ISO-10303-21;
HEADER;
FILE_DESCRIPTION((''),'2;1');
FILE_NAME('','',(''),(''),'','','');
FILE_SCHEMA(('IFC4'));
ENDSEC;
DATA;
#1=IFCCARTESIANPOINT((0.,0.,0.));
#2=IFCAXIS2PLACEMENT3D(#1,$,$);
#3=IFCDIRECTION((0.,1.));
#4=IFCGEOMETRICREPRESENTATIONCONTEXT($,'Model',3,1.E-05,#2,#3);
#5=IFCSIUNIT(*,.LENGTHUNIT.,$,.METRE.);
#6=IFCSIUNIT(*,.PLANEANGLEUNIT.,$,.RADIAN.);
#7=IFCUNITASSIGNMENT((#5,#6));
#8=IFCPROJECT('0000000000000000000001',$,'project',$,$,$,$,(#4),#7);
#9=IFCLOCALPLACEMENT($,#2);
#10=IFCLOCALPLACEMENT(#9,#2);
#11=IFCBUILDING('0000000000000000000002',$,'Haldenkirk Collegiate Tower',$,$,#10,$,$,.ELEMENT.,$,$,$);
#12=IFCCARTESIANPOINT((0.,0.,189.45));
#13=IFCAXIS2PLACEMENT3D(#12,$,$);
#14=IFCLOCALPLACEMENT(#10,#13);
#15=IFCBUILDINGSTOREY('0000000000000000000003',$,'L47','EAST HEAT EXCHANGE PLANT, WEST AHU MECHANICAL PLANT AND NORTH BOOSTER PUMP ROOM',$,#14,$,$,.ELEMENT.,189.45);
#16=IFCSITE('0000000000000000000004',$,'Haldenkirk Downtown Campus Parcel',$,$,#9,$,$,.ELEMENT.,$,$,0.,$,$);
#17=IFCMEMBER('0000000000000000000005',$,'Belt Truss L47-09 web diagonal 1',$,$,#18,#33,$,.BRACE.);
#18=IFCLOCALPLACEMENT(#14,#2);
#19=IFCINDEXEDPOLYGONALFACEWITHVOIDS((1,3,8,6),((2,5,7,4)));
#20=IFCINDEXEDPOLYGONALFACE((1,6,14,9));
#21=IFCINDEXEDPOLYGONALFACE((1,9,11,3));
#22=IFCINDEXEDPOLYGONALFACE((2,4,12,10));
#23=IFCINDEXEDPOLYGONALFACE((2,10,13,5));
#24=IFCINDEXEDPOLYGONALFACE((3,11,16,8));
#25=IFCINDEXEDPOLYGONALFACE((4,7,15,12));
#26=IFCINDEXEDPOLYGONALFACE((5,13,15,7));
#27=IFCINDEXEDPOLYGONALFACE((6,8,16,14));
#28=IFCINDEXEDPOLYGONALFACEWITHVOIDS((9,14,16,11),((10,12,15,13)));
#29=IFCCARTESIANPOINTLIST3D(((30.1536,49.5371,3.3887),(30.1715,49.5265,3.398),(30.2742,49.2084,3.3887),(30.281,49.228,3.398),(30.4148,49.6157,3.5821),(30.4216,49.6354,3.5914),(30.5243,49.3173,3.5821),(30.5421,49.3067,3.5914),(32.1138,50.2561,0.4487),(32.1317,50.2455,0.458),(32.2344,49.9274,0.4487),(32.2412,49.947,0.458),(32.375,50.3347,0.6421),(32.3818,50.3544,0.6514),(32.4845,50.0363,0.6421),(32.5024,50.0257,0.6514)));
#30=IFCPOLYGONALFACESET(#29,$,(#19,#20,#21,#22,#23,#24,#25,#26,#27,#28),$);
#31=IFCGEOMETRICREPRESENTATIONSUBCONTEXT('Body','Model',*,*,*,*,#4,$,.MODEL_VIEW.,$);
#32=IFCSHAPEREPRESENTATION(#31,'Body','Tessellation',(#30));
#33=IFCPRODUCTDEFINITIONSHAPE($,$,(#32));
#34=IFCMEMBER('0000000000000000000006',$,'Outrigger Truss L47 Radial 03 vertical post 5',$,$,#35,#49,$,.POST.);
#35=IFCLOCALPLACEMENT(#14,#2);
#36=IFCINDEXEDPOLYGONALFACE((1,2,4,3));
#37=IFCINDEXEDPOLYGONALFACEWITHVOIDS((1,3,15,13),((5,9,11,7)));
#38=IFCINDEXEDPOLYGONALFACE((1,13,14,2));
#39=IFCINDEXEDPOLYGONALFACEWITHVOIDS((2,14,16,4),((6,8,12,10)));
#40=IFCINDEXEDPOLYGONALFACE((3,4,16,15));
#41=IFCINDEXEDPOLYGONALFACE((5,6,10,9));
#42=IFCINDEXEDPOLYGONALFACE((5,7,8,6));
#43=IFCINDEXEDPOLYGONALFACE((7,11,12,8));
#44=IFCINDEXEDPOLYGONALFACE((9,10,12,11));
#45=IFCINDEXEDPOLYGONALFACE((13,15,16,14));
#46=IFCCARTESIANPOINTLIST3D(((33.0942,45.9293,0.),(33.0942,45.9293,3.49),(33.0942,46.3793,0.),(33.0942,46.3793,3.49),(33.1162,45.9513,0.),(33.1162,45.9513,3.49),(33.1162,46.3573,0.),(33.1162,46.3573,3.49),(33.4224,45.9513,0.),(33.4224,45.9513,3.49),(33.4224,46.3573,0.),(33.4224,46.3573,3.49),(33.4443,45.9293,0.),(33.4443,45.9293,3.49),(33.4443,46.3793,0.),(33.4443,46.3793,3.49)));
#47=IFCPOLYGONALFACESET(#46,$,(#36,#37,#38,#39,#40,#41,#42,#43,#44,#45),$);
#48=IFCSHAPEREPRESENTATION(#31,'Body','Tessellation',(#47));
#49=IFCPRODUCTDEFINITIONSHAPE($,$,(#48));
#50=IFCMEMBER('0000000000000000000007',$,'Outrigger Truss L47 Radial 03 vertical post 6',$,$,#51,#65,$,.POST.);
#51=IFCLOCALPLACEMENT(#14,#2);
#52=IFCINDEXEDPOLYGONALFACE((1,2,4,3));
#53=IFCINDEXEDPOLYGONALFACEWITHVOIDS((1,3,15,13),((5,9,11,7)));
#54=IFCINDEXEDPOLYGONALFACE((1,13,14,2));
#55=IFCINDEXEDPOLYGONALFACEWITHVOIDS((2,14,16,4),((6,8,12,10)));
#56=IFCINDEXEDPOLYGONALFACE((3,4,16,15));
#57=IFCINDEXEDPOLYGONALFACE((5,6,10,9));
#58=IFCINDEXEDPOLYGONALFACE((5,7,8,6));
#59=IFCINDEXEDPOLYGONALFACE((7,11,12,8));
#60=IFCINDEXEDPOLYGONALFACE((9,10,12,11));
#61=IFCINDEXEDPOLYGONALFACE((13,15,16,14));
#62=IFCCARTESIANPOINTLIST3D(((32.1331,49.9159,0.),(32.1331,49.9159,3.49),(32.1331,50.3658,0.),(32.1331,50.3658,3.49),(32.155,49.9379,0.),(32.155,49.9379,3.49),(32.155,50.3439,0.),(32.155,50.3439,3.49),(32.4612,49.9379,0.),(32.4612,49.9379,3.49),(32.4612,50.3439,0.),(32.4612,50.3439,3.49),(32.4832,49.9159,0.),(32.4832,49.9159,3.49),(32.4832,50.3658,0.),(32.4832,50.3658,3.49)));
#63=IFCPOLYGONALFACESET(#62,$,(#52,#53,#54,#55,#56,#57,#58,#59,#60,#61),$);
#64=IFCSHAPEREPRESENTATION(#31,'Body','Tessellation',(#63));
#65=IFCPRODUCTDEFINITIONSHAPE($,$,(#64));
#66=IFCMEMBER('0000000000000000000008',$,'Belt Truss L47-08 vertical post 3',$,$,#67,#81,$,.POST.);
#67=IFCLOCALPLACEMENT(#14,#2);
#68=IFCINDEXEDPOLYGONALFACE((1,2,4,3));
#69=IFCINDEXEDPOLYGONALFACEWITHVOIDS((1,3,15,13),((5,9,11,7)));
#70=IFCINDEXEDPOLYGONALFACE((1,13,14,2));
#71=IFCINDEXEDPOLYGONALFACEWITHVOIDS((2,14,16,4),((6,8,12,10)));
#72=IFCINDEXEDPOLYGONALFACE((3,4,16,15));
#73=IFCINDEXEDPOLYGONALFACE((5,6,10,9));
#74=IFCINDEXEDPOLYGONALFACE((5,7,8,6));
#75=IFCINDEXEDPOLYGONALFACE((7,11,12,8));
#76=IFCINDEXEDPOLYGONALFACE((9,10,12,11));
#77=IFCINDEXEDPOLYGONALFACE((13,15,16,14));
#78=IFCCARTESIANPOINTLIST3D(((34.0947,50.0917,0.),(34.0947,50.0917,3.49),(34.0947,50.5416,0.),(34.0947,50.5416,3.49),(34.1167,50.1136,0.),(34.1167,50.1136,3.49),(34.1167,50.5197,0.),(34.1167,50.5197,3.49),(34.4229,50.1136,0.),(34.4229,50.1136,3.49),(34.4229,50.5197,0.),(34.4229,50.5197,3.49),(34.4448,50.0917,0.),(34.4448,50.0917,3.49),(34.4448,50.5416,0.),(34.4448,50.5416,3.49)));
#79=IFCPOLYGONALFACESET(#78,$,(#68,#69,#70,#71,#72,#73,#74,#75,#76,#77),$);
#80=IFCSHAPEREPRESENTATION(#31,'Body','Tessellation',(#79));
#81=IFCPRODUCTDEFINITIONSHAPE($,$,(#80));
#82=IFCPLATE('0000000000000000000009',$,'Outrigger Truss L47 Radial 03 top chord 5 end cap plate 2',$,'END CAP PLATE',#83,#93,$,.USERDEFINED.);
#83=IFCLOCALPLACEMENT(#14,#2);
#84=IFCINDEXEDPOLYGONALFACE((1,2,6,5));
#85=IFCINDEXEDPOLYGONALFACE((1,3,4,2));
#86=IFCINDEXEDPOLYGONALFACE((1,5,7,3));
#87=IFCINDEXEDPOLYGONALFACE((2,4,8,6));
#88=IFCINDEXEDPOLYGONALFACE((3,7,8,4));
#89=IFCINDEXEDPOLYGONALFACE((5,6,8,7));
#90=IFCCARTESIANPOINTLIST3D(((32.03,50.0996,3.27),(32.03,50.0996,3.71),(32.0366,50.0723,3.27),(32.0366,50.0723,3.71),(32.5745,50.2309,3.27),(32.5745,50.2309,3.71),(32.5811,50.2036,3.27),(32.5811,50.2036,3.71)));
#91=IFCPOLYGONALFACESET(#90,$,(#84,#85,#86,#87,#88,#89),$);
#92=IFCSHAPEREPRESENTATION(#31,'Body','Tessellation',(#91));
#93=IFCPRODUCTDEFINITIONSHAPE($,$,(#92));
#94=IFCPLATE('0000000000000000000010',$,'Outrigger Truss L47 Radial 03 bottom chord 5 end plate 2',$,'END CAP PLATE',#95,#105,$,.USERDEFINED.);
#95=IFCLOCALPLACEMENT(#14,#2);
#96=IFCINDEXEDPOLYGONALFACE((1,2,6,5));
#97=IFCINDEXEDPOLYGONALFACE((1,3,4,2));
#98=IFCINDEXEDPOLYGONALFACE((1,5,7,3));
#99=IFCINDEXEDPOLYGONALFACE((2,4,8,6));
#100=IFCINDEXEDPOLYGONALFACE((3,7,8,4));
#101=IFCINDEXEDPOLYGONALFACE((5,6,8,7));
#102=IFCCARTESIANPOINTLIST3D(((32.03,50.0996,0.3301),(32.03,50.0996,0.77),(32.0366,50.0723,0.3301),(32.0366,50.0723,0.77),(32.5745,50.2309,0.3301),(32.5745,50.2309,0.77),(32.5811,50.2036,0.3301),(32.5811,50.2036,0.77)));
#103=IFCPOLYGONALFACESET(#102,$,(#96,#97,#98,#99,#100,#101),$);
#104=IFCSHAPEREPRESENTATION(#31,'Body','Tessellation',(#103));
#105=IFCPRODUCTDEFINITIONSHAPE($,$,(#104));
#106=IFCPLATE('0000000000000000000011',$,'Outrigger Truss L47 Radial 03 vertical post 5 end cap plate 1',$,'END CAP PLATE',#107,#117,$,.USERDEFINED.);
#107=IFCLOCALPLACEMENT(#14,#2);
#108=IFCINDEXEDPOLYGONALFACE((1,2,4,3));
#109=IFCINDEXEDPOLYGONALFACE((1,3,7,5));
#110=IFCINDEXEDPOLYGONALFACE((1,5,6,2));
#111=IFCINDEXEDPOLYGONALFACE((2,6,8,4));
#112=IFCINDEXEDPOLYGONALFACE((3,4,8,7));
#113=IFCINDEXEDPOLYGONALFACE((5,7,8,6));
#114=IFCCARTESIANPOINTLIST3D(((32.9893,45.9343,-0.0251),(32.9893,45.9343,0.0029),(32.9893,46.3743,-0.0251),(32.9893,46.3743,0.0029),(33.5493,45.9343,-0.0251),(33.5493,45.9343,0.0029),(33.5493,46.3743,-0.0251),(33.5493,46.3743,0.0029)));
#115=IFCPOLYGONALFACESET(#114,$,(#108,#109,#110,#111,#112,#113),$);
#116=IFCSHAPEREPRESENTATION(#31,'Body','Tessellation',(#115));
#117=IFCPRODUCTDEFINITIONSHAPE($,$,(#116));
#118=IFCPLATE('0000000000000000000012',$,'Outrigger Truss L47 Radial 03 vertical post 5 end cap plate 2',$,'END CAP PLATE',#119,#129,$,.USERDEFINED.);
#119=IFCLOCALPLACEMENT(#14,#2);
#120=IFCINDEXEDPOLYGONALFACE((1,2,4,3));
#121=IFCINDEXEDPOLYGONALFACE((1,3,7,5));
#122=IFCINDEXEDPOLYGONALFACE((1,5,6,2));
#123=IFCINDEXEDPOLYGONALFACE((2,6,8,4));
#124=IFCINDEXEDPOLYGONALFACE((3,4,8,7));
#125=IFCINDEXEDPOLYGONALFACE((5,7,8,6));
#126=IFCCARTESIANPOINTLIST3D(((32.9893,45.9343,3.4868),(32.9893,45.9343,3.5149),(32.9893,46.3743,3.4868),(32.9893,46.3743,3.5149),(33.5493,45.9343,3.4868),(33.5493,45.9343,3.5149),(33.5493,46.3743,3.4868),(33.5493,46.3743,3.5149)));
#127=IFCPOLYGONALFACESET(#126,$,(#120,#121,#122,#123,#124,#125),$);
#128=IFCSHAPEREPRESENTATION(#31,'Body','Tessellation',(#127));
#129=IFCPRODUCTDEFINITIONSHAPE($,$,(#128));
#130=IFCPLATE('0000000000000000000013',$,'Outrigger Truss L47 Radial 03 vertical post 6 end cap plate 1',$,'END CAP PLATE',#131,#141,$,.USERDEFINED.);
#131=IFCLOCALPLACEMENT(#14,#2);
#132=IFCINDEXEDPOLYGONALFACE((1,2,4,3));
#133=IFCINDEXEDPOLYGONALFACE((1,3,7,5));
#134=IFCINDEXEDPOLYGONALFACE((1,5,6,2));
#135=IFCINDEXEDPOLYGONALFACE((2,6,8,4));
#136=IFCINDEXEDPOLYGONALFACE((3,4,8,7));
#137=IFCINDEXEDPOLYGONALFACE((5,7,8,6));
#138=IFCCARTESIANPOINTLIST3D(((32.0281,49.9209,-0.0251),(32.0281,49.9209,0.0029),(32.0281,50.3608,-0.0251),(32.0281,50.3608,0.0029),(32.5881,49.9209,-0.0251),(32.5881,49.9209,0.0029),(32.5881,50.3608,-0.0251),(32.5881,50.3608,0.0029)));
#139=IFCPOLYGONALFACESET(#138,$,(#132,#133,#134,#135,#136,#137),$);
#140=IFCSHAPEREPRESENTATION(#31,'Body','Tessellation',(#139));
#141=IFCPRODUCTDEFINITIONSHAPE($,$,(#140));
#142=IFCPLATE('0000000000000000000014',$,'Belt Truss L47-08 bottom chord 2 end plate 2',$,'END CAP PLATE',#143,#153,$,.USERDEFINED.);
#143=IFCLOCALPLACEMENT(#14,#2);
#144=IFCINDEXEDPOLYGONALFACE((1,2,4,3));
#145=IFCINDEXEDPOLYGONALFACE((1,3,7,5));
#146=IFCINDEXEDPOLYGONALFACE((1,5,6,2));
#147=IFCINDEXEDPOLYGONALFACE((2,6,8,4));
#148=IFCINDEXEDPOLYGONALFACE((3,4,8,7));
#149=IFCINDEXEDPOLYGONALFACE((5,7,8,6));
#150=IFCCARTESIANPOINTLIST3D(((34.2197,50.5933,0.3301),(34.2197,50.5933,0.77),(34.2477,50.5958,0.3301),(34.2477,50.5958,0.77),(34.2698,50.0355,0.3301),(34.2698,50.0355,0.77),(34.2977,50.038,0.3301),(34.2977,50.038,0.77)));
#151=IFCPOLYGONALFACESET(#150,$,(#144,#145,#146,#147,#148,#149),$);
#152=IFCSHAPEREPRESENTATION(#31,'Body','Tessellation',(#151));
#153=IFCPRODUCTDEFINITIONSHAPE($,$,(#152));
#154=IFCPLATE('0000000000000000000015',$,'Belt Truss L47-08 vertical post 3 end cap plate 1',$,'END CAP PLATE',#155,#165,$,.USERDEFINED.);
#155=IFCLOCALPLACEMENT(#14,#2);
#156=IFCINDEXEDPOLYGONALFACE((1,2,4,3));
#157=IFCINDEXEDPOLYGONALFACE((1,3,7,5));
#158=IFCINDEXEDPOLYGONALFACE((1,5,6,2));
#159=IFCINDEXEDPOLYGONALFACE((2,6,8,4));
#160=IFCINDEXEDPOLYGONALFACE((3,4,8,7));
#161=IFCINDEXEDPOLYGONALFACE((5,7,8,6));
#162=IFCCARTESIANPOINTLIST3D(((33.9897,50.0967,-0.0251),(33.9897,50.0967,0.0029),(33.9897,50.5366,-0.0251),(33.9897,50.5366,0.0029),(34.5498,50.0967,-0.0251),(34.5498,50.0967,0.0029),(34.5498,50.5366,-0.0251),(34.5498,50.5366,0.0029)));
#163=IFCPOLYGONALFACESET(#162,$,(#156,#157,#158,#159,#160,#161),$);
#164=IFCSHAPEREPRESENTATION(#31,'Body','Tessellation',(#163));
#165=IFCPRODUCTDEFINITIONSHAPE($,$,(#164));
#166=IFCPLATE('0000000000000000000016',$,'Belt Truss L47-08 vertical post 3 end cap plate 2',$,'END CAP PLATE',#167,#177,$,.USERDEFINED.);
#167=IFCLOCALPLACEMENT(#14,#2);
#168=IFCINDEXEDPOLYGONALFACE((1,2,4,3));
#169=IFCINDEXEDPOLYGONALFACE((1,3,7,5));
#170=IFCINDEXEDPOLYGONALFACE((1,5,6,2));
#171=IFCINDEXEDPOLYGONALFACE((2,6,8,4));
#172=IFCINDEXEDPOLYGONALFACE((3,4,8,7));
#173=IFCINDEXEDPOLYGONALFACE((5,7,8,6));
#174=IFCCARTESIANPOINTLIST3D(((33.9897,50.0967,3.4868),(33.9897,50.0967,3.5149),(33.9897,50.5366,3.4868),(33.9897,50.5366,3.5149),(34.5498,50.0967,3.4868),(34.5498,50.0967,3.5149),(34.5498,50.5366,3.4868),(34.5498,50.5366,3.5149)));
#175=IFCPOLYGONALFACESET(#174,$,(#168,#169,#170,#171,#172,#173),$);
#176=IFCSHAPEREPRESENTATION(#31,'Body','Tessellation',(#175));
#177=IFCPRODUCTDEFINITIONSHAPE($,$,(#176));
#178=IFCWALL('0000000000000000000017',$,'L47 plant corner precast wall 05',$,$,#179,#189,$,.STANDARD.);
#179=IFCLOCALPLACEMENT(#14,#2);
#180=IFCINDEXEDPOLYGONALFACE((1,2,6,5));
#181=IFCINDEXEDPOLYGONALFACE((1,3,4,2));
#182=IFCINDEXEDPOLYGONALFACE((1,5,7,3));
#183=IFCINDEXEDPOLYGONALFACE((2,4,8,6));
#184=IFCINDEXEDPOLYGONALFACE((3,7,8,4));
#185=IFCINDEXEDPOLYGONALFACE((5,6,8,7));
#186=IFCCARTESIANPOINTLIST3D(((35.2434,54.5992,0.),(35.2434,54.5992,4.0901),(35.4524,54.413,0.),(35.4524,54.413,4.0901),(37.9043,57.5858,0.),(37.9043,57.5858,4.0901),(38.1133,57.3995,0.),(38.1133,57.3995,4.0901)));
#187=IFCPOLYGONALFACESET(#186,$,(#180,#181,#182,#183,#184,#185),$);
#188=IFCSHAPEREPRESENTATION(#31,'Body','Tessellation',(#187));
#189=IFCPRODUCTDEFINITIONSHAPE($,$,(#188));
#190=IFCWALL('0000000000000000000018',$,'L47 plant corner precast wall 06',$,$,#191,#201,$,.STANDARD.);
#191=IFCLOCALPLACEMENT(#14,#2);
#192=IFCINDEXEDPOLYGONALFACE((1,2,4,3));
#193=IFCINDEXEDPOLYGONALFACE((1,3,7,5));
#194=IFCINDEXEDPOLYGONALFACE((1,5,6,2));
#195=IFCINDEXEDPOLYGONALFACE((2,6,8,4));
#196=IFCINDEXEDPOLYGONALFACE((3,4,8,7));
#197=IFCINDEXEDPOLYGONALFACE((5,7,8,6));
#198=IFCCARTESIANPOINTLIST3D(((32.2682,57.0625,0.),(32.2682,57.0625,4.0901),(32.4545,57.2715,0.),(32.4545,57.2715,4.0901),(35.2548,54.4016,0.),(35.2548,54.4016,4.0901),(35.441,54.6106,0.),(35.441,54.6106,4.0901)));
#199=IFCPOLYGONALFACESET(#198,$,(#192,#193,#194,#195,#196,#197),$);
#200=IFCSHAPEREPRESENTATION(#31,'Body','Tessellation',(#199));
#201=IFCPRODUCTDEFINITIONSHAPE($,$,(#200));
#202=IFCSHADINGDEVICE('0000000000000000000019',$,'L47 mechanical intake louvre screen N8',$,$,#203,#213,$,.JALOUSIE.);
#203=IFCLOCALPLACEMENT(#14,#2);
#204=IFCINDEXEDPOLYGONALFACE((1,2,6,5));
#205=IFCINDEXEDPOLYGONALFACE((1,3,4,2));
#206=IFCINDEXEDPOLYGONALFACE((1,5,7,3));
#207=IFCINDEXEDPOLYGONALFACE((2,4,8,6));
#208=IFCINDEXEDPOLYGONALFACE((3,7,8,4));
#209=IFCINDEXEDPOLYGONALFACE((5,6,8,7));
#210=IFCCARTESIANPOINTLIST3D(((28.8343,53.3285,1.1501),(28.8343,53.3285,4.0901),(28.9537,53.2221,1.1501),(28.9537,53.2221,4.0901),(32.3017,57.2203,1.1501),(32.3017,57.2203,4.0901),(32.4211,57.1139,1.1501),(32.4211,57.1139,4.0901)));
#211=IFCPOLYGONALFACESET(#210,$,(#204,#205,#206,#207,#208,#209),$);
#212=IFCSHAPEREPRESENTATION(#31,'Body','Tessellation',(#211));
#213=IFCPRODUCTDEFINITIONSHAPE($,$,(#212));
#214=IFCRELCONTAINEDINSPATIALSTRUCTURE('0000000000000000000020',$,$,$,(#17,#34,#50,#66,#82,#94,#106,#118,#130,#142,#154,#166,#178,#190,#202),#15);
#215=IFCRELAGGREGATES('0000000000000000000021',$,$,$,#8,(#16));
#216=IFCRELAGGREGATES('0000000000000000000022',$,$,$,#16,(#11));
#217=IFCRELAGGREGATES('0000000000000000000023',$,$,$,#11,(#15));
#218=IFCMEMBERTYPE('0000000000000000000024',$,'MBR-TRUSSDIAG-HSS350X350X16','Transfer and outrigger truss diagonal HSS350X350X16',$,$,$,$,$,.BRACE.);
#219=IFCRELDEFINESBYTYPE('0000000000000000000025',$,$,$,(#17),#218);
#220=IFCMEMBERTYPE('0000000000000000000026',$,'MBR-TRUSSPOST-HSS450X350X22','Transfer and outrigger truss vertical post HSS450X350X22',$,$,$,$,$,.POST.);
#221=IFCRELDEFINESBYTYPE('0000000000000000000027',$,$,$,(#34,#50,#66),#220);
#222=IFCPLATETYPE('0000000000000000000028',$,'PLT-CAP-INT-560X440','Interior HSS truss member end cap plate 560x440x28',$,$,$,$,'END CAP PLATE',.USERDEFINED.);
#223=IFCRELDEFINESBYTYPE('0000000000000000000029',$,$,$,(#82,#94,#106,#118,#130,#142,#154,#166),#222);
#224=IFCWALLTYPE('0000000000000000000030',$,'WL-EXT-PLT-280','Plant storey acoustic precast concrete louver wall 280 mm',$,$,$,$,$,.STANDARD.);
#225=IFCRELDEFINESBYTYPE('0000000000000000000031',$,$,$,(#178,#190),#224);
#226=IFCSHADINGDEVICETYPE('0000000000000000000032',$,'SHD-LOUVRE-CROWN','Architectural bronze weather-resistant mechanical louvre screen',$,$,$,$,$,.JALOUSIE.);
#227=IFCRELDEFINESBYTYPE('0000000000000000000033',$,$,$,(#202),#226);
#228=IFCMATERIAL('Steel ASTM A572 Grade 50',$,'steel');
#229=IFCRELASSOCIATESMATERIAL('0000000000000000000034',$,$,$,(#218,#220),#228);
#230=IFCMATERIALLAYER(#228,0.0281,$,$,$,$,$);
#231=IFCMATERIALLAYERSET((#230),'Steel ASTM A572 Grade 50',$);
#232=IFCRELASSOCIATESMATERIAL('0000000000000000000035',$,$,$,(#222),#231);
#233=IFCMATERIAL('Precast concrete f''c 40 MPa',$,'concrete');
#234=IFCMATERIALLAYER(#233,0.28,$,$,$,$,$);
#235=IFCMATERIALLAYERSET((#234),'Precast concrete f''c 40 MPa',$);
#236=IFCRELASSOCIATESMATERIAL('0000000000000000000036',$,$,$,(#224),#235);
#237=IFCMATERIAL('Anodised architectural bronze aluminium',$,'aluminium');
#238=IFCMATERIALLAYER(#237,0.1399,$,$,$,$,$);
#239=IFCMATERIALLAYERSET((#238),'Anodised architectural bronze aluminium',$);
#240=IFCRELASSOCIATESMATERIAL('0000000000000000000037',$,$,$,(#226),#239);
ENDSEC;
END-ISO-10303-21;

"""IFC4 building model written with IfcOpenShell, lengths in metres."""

from ifc_helpers import new_model, si_unit, direction, frame, frame_2d, origin, origin_2d, place, context, subcontext, project, spatial, rectangle, hollow_rectangle, extrude, source, transform, mapped, material, layer, layer_set, material_profile, profile_set, type_object, element, save


model = new_model("IFC4")

# Units and contexts
model_context = context("Model", 3, precision=1e-05, world=origin(), true_north=direction((0.0, 1.0)))
body_context = subcontext(model_context, "Body", "Model", "MODEL_VIEW")
ifc_project = project(units=[si_unit("LENGTHUNIT", "METRE"), si_unit("PLANEANGLEUNIT", "RADIAN")], contexts=[model_context])

# Site, building, storey
site_placement = place(None, origin())
site = spatial("IfcSite", under=ifc_project, at=site_placement, Name="Haldenkirk Downtown Campus Parcel", CompositionType="ELEMENT", RefElevation=0.0)
building_placement = place(site_placement, origin())
building = spatial("IfcBuilding", under=site, at=building_placement, Name="Haldenkirk Collegiate Tower", CompositionType="ELEMENT")
storey_placement = place(building_placement, frame((0.0, 0.0, 189.45)))
storey = spatial("IfcBuildingStorey", under=building, at=storey_placement, Name="L47", Description="EAST HEAT EXCHANGE PLANT, WEST AHU MECHANICAL PLANT AND NORTH BOOSTER PUMP ROOM", CompositionType="ELEMENT", Elevation=189.45)

# Members
ifc_material_1 = material(Name="Steel ASTM A572 Grade 50", Category="steel")
ifc_material_profile_1 = material_profile(ifc_material_1, hollow_rectangle(XDim=0.3501, YDim=0.3501, WallThickness=0.0161, at=origin_2d()), Name="HSS350X350X16")
ifc_profile_set_1 = profile_set([ifc_material_profile_1], Name="Steel ASTM A572 Grade 50")
member_type_1 = type_object("IfcMemberType", Name="MBR-TRUSSDIAG-HSS350X350X16", Description="Transfer and outrigger truss diagonal HSS350X350X16", PredefinedType="BRACE", material=ifc_profile_set_1)
member_1_placement = place(storey_placement, frame((32.3081, 50.1409, 0.55), z_axis=(-0.543608, -0.199393, 0.815311), x_axis=(0.344361, -0.938837, 0.0)))
element("IfcMember", 1, at=member_1_placement, inside=storey, type_object=member_type_1, Name="Belt Truss L47-09 web diagonal 1", PredefinedType="BRACE", context=body_context, shape_type="SweptSolid", body=[
    extrude(hollow_rectangle(XDim=0.3501, YDim=0.3501, WallThickness=0.0161, at=origin_2d()), origin(), (0.0, 0.0, 1.0), 3.606),
])
ifc_material_profile_2 = material_profile(ifc_material_1, hollow_rectangle(XDim=0.3501, YDim=0.45, WallThickness=0.022, at=origin_2d()), Name="HSS450X350X22")
ifc_profile_set_2 = profile_set([ifc_material_profile_2], Name="Steel ASTM A572 Grade 50")
member_type_2 = type_object("IfcMemberType", Name="MBR-TRUSSPOST-HSS450X350X22", Description="Transfer and outrigger truss vertical post HSS450X350X22", PredefinedType="POST", material=ifc_profile_set_2)
for number, where, z_axis, x_axis, name in (
    (2, (33.2693, 46.1543, 0.0), (0.0, 0.0, 1.0), (1.0, 0.0, 0.0), "Outrigger Truss L47 Radial 03 vertical post 5"),
    (3, (32.3081, 50.1409, 0.0), (0.0, 0.0, 1.0), (1.0, 0.0, 0.0), "Outrigger Truss L47 Radial 03 vertical post 6"),
    (4, (34.2698, 50.3167, 0.0), (0.0, 0.0, 1.0), (1.0, 0.0, 0.0), "Belt Truss L47-08 vertical post 3"),
):
    element("IfcMember", number, at=place(storey_placement, frame(where, z_axis=z_axis, x_axis=x_axis)), inside=storey, type_object=member_type_2, Name=name, PredefinedType="POST", context=body_context, shape_type="SweptSolid", body=[
        extrude(hollow_rectangle(XDim=0.3501, YDim=0.45, WallThickness=0.022, at=origin_2d()), origin(), (0.0, 0.0, 1.0), 3.49),
    ])

# Plates
ifc_layer_1 = layer(ifc_material_1, 0.0281)
ifc_layer_set_1 = layer_set([ifc_layer_1], Name="Steel ASTM A572 Grade 50")
plate_type = type_object("IfcPlateType", Name="PLT-CAP-INT-560X440", Description="Interior HSS truss member end cap plate 560x440x28", ElementType="END CAP PLATE", PredefinedType="USERDEFINED", material=ifc_layer_set_1)
shared_shape_1 = source(origin(), body_context, "Body", "SweptSolid", [
    extrude(rectangle(XDim=0.5601, YDim=0.4399, at=origin_2d()), origin(), (0.0, 0.0, 1.0), 0.0281),
])
for number, where, z_axis, x_axis, name in (
    (5, (32.3088, 50.1379, 3.49), (-0.234391, 0.972142, 0.0), (-0.972142, -0.234391, 0.0), "Outrigger Truss L47 Radial 03 top chord 5 end cap plate 2"),
    (6, (32.3088, 50.1379, 0.55), (-0.234397, 0.972141, 0.0), (-0.972141, -0.234397, 0.0), "Outrigger Truss L47 Radial 03 bottom chord 5 end plate 2"),
    (7, (33.2693, 46.1543, 0.0029), (0.0, 0.0, -1.0), (1.0, 0.0, 0.0), "Outrigger Truss L47 Radial 03 vertical post 5 end cap plate 1"),
    (8, (33.2693, 46.1543, 3.4868), (0.0, 0.0, 1.0), (1.0, 0.0, 0.0), "Outrigger Truss L47 Radial 03 vertical post 5 end cap plate 2"),
    (9, (32.3081, 50.1409, 0.0029), (0.0, 0.0, -1.0), (1.0, 0.0, 0.0), "Outrigger Truss L47 Radial 03 vertical post 6 end cap plate 1"),
    (10, (34.2727, 50.3169, 0.55), (-0.996003, -0.089318, 0.0), (0.089318, -0.996003, 0.0), "Belt Truss L47-08 bottom chord 2 end plate 2"),
    (11, (34.2698, 50.3167, 0.0029), (0.0, 0.0, -1.0), (1.0, 0.0, 0.0), "Belt Truss L47-08 vertical post 3 end cap plate 1"),
    (12, (34.2698, 50.3167, 3.4868), (0.0, 0.0, 1.0), (1.0, 0.0, 0.0), "Belt Truss L47-08 vertical post 3 end cap plate 2"),
):
    element("IfcPlate", number, at=place(storey_placement, frame(where, z_axis=z_axis, x_axis=x_axis)), inside=storey, type_object=plate_type, Name=name, ObjectType="END CAP PLATE", PredefinedType="USERDEFINED", context=body_context, shape_type="MappedRepresentation", body=[
        mapped(shared_shape_1, transform((0.0, 0.0, 0.0), x_axis=(1.0, 0.0, 0.0), y_axis=(0.0, 1.0, 0.0), z_axis=(0.0, 0.0, 1.0), scale=1.0)),
    ])

# Walls
ifc_material_2 = material(Name="Precast concrete f'c 40 MPa", Category="concrete")
ifc_layer_2 = layer(ifc_material_2, 0.28)
ifc_layer_set_2 = layer_set([ifc_layer_2], Name="Precast concrete f'c 40 MPa")
wall_type = type_object("IfcWallType", Name="WL-EXT-PLT-280", Description="Plant storey acoustic precast concrete louver wall 280 mm", PredefinedType="STANDARD", material=ifc_layer_set_2)
for number, where, z_axis, x_axis, name in (
    (13, (35.3479, 54.5061, 0.0), (0.0, 0.0, 1.0), (0.665223, 0.746644, 0.0), "L47 plant corner precast wall 05"),
    (14, (32.3613, 57.167, 0.0), (0.0, 0.0, 1.0), (0.746644, -0.665223, 0.0), "L47 plant corner precast wall 06"),
):
    element("IfcWall", number, at=place(storey_placement, frame(where, z_axis=z_axis, x_axis=x_axis)), inside=storey, type_object=wall_type, Name=name, PredefinedType="STANDARD", context=body_context, shape_type="SweptSolid", body=[
        extrude(rectangle(XDim=4.0, YDim=0.28, at=frame_2d((2.0, 0.0))), origin(), (0.0, 0.0, 1.0), 4.0901),
    ])

# Shading device
ifc_material_3 = material(Name="Anodised architectural bronze aluminium", Category="aluminium")
ifc_layer_3 = layer(ifc_material_3, 0.1399)
ifc_layer_set_3 = layer_set([ifc_layer_3], Name="Anodised architectural bronze aluminium")
shading_device_type = type_object("IfcShadingDeviceType", Name="SHD-LOUVRE-CROWN", Description="Architectural bronze weather-resistant mechanical louvre screen", PredefinedType="JALOUSIE", material=ifc_layer_set_3)
shared_shape_2 = source(origin(), body_context, "Body", "SweptSolid", [
    extrude(rectangle(XDim=5.2124, YDim=0.1599, at=origin_2d()), origin(), (0.0, 0.0, 1.0), 2.9399),
])
shading_device_placement = place(storey_placement, frame((30.6277, 55.2212, 1.1501), z_axis=(0.0, 0.0, 1.0), x_axis=(0.66523, 0.746638, 0.0)))
element("IfcShadingDevice", 15, at=shading_device_placement, inside=storey, type_object=shading_device_type, Name="L47 mechanical intake louvre screen N8", PredefinedType="JALOUSIE", context=body_context, shape_type="MappedRepresentation", body=[
    mapped(shared_shape_2, transform((0.0, 0.0, 0.0), x_axis=(1.0, 0.0, 0.0), y_axis=(0.0, 1.0, 0.0), z_axis=(0.0, 0.0, 1.0), scale=1.0)),
])

save(model, "model.ifc")
